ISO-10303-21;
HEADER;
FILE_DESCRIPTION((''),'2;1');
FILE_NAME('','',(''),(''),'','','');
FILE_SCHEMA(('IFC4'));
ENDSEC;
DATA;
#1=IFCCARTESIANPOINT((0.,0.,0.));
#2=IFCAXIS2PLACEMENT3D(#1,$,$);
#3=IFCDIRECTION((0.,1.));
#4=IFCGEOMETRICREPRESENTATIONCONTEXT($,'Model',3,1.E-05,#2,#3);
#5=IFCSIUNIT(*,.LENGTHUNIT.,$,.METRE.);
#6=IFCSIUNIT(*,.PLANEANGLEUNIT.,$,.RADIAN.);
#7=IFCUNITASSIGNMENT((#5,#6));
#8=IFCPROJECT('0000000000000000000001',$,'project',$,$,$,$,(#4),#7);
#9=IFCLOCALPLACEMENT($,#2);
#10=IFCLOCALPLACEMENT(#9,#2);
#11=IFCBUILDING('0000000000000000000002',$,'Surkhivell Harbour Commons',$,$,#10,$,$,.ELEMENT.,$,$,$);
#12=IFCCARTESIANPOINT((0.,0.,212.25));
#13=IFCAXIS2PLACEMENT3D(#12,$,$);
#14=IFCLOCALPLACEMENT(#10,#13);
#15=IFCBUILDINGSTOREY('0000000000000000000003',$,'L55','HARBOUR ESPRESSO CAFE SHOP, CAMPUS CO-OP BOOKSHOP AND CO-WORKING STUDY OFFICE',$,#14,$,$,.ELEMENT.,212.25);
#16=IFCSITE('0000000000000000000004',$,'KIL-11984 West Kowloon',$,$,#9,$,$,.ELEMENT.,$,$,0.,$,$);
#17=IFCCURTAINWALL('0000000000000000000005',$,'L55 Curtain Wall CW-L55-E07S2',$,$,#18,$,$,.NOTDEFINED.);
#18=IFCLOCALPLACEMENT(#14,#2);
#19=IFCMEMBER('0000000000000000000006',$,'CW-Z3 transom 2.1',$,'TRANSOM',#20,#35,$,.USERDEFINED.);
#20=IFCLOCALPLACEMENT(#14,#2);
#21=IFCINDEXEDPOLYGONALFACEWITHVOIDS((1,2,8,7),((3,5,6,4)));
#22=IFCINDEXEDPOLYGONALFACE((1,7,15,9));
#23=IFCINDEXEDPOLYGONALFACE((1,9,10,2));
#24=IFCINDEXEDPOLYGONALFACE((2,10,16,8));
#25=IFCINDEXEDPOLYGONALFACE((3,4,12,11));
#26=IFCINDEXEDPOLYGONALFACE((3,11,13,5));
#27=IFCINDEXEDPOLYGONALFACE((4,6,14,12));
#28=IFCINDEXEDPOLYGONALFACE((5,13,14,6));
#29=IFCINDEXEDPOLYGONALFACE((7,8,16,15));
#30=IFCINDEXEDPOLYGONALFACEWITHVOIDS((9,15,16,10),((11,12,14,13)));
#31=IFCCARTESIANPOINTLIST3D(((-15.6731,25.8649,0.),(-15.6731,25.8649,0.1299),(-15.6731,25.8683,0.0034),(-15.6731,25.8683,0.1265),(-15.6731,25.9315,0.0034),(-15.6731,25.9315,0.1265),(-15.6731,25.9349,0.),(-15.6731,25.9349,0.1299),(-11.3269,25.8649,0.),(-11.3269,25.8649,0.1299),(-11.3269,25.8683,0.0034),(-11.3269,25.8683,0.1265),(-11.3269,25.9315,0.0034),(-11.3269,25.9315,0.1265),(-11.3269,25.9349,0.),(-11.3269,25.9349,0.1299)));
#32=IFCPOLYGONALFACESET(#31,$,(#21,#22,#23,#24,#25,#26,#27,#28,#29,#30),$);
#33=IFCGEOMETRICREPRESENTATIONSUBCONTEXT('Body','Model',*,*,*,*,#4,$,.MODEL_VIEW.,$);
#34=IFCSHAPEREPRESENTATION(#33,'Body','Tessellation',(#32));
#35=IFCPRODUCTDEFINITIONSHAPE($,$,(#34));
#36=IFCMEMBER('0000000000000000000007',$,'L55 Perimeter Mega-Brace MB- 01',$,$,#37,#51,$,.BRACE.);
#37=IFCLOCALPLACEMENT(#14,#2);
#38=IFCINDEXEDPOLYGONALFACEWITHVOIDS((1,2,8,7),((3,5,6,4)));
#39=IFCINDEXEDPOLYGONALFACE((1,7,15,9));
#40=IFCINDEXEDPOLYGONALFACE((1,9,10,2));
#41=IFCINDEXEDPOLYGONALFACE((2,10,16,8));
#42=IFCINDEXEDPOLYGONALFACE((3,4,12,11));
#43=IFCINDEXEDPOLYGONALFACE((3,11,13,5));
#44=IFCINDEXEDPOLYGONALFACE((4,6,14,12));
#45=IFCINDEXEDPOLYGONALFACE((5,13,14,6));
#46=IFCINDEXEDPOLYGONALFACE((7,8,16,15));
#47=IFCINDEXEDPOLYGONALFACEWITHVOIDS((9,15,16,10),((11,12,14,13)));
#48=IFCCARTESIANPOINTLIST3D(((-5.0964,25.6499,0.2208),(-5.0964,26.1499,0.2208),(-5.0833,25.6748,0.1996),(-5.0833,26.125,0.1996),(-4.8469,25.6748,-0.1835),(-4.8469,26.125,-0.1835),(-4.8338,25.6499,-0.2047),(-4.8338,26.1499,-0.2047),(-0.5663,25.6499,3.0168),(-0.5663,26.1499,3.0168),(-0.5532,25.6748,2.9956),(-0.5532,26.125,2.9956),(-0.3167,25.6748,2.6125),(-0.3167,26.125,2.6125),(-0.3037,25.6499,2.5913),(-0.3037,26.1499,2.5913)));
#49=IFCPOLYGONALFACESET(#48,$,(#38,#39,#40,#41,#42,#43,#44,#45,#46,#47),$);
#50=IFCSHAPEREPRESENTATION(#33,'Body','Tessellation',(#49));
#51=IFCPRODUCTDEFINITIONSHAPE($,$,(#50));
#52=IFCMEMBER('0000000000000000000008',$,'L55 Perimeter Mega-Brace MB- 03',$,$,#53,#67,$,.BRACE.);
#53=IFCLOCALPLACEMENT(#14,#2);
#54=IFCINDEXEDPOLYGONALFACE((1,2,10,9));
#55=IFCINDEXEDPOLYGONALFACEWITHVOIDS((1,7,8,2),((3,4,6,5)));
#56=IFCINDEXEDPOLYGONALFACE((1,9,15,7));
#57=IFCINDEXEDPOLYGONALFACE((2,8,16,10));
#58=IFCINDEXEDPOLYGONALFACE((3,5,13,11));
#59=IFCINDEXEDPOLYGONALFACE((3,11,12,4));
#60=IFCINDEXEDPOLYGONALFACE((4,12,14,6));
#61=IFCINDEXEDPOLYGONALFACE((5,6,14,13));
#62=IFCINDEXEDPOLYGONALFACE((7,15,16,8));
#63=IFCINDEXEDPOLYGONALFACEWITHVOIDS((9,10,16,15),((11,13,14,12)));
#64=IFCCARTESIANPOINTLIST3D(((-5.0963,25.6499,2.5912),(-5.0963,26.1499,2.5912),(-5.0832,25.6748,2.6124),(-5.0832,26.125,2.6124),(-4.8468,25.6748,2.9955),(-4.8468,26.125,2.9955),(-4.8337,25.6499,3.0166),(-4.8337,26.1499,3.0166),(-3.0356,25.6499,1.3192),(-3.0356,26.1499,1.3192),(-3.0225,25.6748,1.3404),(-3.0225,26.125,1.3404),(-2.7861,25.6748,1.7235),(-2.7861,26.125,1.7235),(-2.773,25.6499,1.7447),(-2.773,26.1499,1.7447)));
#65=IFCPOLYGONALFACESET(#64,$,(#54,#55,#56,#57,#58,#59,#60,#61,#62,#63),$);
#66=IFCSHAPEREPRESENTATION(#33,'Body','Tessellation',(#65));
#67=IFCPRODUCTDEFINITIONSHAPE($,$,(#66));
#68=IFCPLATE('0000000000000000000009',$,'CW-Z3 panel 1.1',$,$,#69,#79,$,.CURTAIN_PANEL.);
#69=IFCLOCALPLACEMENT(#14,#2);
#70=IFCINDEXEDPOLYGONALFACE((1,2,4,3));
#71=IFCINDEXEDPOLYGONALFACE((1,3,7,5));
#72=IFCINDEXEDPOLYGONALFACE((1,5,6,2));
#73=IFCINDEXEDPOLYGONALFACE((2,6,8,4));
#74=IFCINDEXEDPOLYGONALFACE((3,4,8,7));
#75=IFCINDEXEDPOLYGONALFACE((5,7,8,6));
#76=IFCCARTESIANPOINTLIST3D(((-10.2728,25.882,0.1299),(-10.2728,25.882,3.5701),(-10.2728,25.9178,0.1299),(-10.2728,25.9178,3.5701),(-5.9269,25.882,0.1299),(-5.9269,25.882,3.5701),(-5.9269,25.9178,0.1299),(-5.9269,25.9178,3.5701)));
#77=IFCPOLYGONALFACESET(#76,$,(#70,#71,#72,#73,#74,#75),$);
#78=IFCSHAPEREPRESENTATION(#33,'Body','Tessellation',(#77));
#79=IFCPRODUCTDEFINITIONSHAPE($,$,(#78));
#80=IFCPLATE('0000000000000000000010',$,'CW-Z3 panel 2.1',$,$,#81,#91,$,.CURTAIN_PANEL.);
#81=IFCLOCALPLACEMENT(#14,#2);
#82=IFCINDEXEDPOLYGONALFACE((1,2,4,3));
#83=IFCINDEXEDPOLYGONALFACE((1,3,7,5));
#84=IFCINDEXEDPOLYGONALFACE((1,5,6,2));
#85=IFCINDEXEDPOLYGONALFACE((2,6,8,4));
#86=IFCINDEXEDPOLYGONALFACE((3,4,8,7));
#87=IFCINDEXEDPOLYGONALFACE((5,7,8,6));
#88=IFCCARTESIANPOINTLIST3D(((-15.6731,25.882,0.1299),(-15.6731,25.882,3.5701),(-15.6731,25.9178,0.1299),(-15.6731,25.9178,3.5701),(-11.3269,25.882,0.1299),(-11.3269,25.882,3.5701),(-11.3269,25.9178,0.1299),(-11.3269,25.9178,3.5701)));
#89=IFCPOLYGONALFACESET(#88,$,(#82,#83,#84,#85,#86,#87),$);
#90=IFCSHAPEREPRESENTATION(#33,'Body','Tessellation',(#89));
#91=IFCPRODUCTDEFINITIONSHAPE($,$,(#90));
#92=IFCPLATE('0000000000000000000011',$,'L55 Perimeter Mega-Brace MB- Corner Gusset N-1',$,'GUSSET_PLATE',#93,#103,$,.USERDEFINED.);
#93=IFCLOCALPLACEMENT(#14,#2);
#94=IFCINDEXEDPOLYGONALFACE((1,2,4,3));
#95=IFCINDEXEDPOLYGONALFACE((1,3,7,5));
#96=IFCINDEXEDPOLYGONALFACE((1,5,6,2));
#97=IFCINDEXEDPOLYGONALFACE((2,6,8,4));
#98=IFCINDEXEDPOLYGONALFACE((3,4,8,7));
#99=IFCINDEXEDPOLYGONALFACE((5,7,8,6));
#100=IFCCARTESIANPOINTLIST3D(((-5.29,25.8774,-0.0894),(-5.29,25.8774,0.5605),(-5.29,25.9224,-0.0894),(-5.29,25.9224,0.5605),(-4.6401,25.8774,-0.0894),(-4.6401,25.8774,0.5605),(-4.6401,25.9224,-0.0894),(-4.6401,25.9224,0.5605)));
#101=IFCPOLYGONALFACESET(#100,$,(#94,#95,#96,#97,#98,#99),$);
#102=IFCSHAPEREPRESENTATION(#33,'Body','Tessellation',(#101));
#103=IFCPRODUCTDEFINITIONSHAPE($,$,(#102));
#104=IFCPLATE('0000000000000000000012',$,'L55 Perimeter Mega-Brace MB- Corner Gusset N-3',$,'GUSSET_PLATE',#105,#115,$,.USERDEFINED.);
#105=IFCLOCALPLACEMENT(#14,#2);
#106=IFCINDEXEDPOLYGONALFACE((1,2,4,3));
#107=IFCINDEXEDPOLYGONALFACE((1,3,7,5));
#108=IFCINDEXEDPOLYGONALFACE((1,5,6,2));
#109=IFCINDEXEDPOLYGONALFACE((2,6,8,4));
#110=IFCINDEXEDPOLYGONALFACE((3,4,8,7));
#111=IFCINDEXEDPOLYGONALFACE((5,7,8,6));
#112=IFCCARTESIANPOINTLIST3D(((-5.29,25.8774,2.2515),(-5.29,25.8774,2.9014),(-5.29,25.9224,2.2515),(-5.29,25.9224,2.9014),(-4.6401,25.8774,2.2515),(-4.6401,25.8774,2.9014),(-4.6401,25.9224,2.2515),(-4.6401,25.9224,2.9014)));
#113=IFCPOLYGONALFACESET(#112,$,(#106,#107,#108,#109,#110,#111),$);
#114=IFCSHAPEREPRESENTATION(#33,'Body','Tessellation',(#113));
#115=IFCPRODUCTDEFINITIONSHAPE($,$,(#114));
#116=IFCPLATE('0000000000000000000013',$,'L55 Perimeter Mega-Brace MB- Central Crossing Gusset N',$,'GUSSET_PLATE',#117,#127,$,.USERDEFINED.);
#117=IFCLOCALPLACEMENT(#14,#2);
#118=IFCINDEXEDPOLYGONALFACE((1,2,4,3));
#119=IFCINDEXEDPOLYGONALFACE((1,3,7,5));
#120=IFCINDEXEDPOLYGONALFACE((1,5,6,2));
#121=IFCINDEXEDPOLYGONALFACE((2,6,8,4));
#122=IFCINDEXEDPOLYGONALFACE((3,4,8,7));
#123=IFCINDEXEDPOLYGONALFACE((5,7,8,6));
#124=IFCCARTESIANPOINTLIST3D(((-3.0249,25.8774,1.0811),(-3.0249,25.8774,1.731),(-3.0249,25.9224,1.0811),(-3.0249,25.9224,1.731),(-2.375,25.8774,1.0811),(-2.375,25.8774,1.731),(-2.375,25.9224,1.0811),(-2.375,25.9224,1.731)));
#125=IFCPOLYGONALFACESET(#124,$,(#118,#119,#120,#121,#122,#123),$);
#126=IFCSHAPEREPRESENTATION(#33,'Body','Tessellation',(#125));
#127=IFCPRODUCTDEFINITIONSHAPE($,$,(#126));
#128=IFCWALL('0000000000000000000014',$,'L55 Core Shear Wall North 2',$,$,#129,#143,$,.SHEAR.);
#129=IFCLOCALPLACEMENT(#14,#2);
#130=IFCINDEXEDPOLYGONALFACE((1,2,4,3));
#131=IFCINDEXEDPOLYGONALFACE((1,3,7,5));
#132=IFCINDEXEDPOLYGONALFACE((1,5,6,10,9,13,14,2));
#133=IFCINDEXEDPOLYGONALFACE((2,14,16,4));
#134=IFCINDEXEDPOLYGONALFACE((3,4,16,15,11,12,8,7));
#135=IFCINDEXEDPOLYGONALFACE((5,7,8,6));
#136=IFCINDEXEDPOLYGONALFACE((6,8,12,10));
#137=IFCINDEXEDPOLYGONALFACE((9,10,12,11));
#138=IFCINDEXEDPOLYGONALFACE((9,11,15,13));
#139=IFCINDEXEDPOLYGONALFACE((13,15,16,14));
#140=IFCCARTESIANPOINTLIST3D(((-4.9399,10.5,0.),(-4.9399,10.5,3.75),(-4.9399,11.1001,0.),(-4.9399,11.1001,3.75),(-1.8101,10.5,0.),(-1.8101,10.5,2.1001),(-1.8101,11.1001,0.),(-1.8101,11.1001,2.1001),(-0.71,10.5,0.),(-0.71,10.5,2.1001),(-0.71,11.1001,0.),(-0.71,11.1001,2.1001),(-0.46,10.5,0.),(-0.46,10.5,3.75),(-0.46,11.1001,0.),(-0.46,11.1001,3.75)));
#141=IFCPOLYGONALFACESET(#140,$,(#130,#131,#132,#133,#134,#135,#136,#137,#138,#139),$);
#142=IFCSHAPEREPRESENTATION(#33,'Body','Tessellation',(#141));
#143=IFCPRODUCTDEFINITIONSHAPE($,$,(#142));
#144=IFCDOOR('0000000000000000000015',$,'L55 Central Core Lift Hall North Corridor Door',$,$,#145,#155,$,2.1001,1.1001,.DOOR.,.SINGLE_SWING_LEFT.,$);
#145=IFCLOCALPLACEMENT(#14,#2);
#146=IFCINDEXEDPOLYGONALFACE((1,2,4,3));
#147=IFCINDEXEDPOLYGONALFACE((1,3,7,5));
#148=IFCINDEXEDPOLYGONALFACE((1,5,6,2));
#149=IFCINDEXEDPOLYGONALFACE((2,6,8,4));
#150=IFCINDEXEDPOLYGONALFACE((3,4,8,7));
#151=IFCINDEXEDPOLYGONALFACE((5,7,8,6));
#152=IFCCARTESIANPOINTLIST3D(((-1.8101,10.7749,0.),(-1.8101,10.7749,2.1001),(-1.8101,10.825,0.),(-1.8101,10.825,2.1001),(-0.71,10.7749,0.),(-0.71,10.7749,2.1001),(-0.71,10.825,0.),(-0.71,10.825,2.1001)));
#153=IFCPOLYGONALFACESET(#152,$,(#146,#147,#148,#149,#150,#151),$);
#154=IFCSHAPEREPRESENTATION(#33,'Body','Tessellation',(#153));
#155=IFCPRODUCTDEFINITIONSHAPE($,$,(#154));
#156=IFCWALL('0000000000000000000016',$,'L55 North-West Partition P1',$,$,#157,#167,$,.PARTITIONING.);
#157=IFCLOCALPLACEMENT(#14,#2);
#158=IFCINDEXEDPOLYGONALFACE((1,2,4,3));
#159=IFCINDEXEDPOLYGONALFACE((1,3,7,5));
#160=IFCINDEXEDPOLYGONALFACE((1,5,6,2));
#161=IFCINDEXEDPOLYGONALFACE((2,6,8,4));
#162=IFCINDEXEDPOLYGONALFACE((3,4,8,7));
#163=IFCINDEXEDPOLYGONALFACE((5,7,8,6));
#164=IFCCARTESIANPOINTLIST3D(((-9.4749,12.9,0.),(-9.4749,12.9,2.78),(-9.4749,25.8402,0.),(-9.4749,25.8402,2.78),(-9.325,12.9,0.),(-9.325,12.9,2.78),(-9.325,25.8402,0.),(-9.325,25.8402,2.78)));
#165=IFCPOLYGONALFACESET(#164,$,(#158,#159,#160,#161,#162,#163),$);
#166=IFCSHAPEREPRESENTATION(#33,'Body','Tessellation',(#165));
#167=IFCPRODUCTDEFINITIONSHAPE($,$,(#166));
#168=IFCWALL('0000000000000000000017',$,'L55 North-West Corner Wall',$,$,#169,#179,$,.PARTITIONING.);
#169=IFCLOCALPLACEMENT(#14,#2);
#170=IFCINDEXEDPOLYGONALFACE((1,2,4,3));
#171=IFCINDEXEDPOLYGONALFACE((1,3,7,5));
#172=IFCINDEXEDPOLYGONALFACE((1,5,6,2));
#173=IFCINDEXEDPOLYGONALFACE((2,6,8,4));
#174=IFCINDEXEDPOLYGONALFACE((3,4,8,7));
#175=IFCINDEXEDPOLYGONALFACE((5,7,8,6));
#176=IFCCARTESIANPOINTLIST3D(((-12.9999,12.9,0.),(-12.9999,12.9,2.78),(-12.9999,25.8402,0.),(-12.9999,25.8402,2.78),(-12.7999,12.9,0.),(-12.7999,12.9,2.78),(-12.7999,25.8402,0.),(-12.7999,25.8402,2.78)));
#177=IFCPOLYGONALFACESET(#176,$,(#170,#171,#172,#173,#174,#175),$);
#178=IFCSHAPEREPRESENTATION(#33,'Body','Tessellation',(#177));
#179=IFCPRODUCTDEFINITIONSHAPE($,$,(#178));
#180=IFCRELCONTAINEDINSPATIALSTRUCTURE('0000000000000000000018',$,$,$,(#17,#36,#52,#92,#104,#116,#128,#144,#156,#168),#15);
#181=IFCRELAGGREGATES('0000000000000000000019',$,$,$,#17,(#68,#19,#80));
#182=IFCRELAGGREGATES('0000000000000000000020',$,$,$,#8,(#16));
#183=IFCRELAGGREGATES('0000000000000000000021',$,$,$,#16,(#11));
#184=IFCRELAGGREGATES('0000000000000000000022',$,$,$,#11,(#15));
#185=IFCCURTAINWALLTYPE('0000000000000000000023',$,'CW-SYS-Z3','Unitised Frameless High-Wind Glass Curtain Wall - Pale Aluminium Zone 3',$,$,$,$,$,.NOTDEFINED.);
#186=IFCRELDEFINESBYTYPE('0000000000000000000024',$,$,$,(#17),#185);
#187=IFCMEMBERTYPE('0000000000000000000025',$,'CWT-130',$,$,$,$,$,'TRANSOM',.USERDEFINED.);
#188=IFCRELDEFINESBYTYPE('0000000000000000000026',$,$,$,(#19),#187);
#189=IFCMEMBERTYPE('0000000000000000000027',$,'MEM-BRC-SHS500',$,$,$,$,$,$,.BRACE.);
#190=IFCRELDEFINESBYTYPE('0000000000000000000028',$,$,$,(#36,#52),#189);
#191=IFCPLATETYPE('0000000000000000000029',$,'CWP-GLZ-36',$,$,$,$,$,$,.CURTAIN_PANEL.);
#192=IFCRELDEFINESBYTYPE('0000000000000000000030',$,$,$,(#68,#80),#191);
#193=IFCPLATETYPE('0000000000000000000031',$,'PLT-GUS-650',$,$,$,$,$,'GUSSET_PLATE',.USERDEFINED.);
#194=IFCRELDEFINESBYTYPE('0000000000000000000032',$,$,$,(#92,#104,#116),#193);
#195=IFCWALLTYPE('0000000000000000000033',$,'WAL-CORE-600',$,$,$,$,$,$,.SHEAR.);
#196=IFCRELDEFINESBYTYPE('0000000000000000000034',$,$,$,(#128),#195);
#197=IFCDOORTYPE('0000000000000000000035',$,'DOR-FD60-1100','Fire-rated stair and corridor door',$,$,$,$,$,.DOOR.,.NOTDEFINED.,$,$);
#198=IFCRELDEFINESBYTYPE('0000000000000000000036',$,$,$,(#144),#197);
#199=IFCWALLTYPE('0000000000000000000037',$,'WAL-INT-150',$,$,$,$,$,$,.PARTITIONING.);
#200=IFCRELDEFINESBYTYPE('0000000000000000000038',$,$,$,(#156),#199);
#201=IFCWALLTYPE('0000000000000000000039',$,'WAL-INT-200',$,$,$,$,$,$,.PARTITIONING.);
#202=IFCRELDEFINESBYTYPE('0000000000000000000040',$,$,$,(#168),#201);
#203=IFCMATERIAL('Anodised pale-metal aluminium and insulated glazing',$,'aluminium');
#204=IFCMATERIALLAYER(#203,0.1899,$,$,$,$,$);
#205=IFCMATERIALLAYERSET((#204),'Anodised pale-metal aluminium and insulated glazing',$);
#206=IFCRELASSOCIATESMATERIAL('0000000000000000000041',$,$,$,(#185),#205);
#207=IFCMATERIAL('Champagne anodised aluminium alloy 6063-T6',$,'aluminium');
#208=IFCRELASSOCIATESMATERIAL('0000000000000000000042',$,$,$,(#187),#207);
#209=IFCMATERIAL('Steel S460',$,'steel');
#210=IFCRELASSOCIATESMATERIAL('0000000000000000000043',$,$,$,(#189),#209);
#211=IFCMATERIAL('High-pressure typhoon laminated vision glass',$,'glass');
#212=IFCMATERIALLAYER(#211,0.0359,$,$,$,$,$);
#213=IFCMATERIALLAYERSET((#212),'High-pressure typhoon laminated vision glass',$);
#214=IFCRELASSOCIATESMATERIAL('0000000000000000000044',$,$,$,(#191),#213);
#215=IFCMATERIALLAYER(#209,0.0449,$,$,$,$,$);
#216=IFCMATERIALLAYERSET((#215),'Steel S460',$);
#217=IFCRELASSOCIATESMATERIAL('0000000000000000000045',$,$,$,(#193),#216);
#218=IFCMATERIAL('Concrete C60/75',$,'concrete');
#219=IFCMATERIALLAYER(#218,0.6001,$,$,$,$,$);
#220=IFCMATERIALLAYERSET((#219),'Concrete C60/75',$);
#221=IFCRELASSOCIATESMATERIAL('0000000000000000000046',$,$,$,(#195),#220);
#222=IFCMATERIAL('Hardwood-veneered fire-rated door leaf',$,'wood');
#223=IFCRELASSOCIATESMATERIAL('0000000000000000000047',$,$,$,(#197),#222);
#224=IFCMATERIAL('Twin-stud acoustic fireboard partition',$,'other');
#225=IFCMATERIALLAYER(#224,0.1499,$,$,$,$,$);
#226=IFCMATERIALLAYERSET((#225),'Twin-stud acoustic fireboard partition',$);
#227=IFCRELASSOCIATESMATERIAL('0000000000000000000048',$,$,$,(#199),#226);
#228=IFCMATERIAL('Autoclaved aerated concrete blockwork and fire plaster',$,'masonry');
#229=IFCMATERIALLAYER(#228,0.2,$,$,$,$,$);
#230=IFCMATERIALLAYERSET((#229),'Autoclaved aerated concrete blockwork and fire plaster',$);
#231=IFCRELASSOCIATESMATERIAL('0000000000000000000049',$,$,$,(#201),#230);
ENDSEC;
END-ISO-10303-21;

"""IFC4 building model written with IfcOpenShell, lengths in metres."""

from ifc_helpers import new_model, si_unit, direction, frame, frame_2d, origin, origin_2d, place, context, subcontext, project, spatial, rectangle, hollow_rectangle, extrude, material, layer, layer_set, material_profile, profile_set, type_object, element, fill, aggregate, save


model = new_model("IFC4")

# Units and contexts
model_context = context("Model", 3, precision=1e-05, world=origin(), true_north=direction((0.0, 1.0)))
body_context = subcontext(model_context, "Body", "Model", "MODEL_VIEW")
ifc_project = project(units=[si_unit("LENGTHUNIT", "METRE"), si_unit("PLANEANGLEUNIT", "RADIAN")], contexts=[model_context])

# Site, building, storey
site_placement = place(None, origin())
site = spatial("IfcSite", under=ifc_project, at=site_placement, Name="KIL-11984 West Kowloon", CompositionType="ELEMENT", RefElevation=0.0)
building_placement = place(site_placement, origin())
building = spatial("IfcBuilding", under=site, at=building_placement, Name="Surkhivell Harbour Commons", CompositionType="ELEMENT")
storey_placement = place(building_placement, frame((0.0, 0.0, 212.25)))
storey = spatial("IfcBuildingStorey", under=building, at=storey_placement, Name="L55", Description="HARBOUR ESPRESSO CAFE SHOP, CAMPUS CO-OP BOOKSHOP AND CO-WORKING STUDY OFFICE", CompositionType="ELEMENT", Elevation=212.25)

# Shared definitions
ifc_material_1 = material(Name="Concrete C60/75", Category="concrete")

# Curtain wall, member
ifc_material_2 = material(Name="Anodised pale-metal aluminium and insulated glazing", Category="aluminium")
ifc_layer_1 = layer(ifc_material_2, 0.1899)
ifc_layer_set_1 = layer_set([ifc_layer_1], Name="Anodised pale-metal aluminium and insulated glazing")
curtain_wall_type = type_object("IfcCurtainWallType", Name="CW-SYS-Z3", Description="Unitised Frameless High-Wind Glass Curtain Wall - Pale Aluminium Zone 3", PredefinedType="NOTDEFINED", material=ifc_layer_set_1)
curtain_wall_placement = place(storey_placement, origin())
curtain_wall = element("IfcCurtainWall", 1, at=curtain_wall_placement, inside=storey, type_object=curtain_wall_type, Name="L55 Curtain Wall CW-L55-E07S2", PredefinedType="NOTDEFINED")
ifc_material_3 = material(Name="Champagne anodised aluminium alloy 6063-T6", Category="aluminium")
ifc_material_profile_1 = material_profile(ifc_material_3, hollow_rectangle(XDim=0.0701, YDim=0.1299, WallThickness=0.0034, at=origin_2d()), Name="ALU-TRAN-70x130")
ifc_profile_set_1 = profile_set([ifc_material_profile_1], Name="Champagne anodised aluminium alloy 6063-T6")
member_type_1 = type_object("IfcMemberType", Name="CWT-130", ElementType="TRANSOM", PredefinedType="USERDEFINED", material=ifc_profile_set_1)
member_1_placement = place(storey_placement, frame((-11.3269, 25.8999, 0.0649), z_axis=(-1.0, 0.0, 0.0), x_axis=(0.0, -1.0, 0.0)))
member_1 = element("IfcMember", 2, at=member_1_placement, type_object=member_type_1, Name="CW-Z3 transom 2.1", ObjectType="TRANSOM", PredefinedType="USERDEFINED", context=body_context, shape_type="SweptSolid", body=[
    extrude(hollow_rectangle(XDim=0.0701, YDim=0.1299, WallThickness=0.0034, at=origin_2d()), origin(), (0.0, 0.0, 1.0), 4.3462),
])

# Members
ifc_material_4 = material(Name="Steel S460", Category="steel")
ifc_material_profile_2 = material_profile(ifc_material_4, hollow_rectangle(XDim=0.5, YDim=0.5, WallThickness=0.0249, at=origin_2d()), Name="SHS500x500x25")
ifc_profile_set_2 = profile_set([ifc_material_profile_2], Name="Steel S460")
member_type_2 = type_object("IfcMemberType", Name="MEM-BRC-SHS500", PredefinedType="BRACE", material=ifc_profile_set_2)
member_2_placement = place(storey_placement, frame((-4.9651, 25.8999, 0.0081), z_axis=(0.850971, 0.0, 0.525213), x_axis=(0.0, 1.0, 0.0)))
element("IfcMember", 3, at=member_2_placement, inside=storey, type_object=member_type_2, Name="L55 Perimeter Mega-Brace MB- 01", PredefinedType="BRACE", context=body_context, shape_type="SweptSolid", body=[
    extrude(hollow_rectangle(XDim=0.5, YDim=0.5, WallThickness=0.0249, at=origin_2d()), origin(), (0.0, 0.0, 1.0), 5.3235),
])
member_3_placement = place(storey_placement, frame((-2.9043, 25.8999, 1.532), z_axis=(-0.850958, 0.0, 0.525233), x_axis=(0.0, -1.0, 0.0)))
element("IfcMember", 4, at=member_3_placement, inside=storey, type_object=member_type_2, Name="L55 Perimeter Mega-Brace MB- 03", PredefinedType="BRACE", context=body_context, shape_type="SweptSolid", body=[
    extrude(hollow_rectangle(XDim=0.5, YDim=0.5, WallThickness=0.0249, at=origin_2d()), origin(), (0.0, 0.0, 1.0), 2.4216),
])

# Plates
ifc_material_5 = material(Name="High-pressure typhoon laminated vision glass", Category="glass")
ifc_layer_2 = layer(ifc_material_5, 0.0359)
ifc_layer_set_2 = layer_set([ifc_layer_2], Name="High-pressure typhoon laminated vision glass")
plate_type_1 = type_object("IfcPlateType", Name="CWP-GLZ-36", PredefinedType="CURTAIN_PANEL", material=ifc_layer_set_2)
plate_1_placement = place(storey_placement, frame((-5.927, 25.8999, 0.1299), z_axis=(0.0, 0.0, 1.0), x_axis=(-1.0, 0.0, 0.0)))
plate_1 = element("IfcPlate", 5, at=plate_1_placement, type_object=plate_type_1, Name="CW-Z3 panel 1.1", PredefinedType="CURTAIN_PANEL", context=body_context, shape_type="SweptSolid", body=[
    extrude(rectangle(XDim=4.3459, YDim=0.0359, at=frame_2d((2.1729, 0.0))), origin(), (0.0, 0.0, 1.0), 3.4402),
])
plate_2_placement = place(storey_placement, frame((-11.3269, 25.8999, 0.1299), z_axis=(0.0, 0.0, 1.0), x_axis=(-1.0, 0.0, 0.0)))
plate_2 = element("IfcPlate", 6, at=plate_2_placement, type_object=plate_type_1, Name="CW-Z3 panel 2.1", PredefinedType="CURTAIN_PANEL", context=body_context, shape_type="SweptSolid", body=[
    extrude(rectangle(XDim=4.3462, YDim=0.0359, at=frame_2d((2.1731, 0.0))), origin(), (0.0, 0.0, 1.0), 3.4402),
])
aggregate(curtain_wall, [plate_1, member_1, plate_2])

# Plates
ifc_layer_3 = layer(ifc_material_4, 0.0449)
ifc_layer_set_3 = layer_set([ifc_layer_3], Name="Steel S460")
plate_type_2 = type_object("IfcPlateType", Name="PLT-GUS-650", ElementType="GUSSET_PLATE", PredefinedType="USERDEFINED", material=ifc_layer_set_3)
for number, where, z_axis, x_axis, name in (
    (7, (-4.9651, 25.8999, -0.0894), (0.0, 0.0, 1.0), (1.0, 0.0, 0.0), "L55 Perimeter Mega-Brace MB- Corner Gusset N-1"),
    (8, (-4.9651, 25.8999, 2.2515), (0.0, 0.0, 1.0), (1.0, 0.0, 0.0), "L55 Perimeter Mega-Brace MB- Corner Gusset N-3"),
    (9, (-2.7, 25.8999, 1.0811), (0.0, 0.0, 1.0), (1.0, 0.0, 0.0), "L55 Perimeter Mega-Brace MB- Central Crossing Gusset N"),
):
    element("IfcPlate", number, at=place(storey_placement, frame(where, z_axis=z_axis, x_axis=x_axis)), inside=storey, type_object=plate_type_2, Name=name, ObjectType="GUSSET_PLATE", PredefinedType="USERDEFINED", context=body_context, shape_type="SweptSolid", body=[
        extrude(rectangle(XDim=0.6499, YDim=0.0449, at=origin_2d()), origin(), (0.0, 0.0, 1.0), 0.6499),
    ])

# Wall, opening, door
ifc_layer_4 = layer(ifc_material_1, 0.6001)
ifc_layer_set_4 = layer_set([ifc_layer_4], Name="Concrete C60/75")
wall_type_1 = type_object("IfcWallType", Name="WAL-CORE-600", PredefinedType="SHEAR", material=ifc_layer_set_4)
wall_1_placement = place(storey_placement, frame((-4.9399, 10.8, 0.0), z_axis=(0.0, 0.0, 1.0), x_axis=(1.0, 0.0, 0.0)))
wall_1 = element("IfcWall", 10, at=wall_1_placement, inside=storey, type_object=wall_type_1, Name="L55 Core Shear Wall North 2", PredefinedType="SHEAR", context=body_context, shape_type="SweptSolid", body=[
    extrude(rectangle(XDim=4.48, YDim=0.6001, at=frame_2d((2.24, 0.0))), origin(), (0.0, 0.0, 1.0), 3.75),
])
opening_1_placement = place(wall_1_placement, frame((3.1299, 0.0, 0.0)))
opening_1 = element("IfcOpeningElement", 11, at=opening_1_placement, cuts=wall_1, PredefinedType="OPENING", context=body_context, shape_type="SweptSolid", body=[
    extrude(rectangle(XDim=1.1001, YDim=2.1001, at=frame_2d((0.55, 1.05))), frame((0.0, 0.3101, 0.0), z_axis=(0.0, -1.0, 0.0), x_axis=(1.0, 0.0, 0.0)), (0.0, 0.0, 1.0), 0.6201),
])
ifc_material_6 = material(Name="Hardwood-veneered fire-rated door leaf", Category="wood")
door_type_1 = type_object("IfcDoorType", Name="DOR-FD60-1100", Description="Fire-rated stair and corridor door", OperationType="NOTDEFINED", PredefinedType="DOOR", material=ifc_material_6)
door_1_placement = place(opening_1_placement, origin())
door_1 = element("IfcDoor", 12, at=door_1_placement, inside=storey, type_object=door_type_1, Name="L55 Central Core Lift Hall North Corridor Door", OperationType="SINGLE_SWING_LEFT", OverallHeight=2.1001, OverallWidth=1.1001, PredefinedType="DOOR", context=body_context, shape_type="SweptSolid", body=[
    extrude(rectangle(XDim=1.1001, YDim=2.1001, at=frame_2d((0.55, 1.05))), frame((0.0, 0.0249, 0.0), z_axis=(0.0, -1.0, 0.0), x_axis=(1.0, 0.0, 0.0)), (0.0, 0.0, 1.0), 0.05),
])
fill(opening_1, door_1)

# Walls
ifc_material_7 = material(Name="Twin-stud acoustic fireboard partition", Category="other")
ifc_layer_5 = layer(ifc_material_7, 0.1499)
ifc_layer_set_5 = layer_set([ifc_layer_5], Name="Twin-stud acoustic fireboard partition")
wall_type_2 = type_object("IfcWallType", Name="WAL-INT-150", PredefinedType="PARTITIONING", material=ifc_layer_set_5)
wall_2_placement = place(storey_placement, frame((-9.3999, 12.8999, 0.0), z_axis=(0.0, 0.0, 1.0), x_axis=(0.0, 1.0, 0.0)))
element("IfcWall", 13, at=wall_2_placement, inside=storey, type_object=wall_type_2, Name="L55 North-West Partition P1", PredefinedType="PARTITIONING", context=body_context, shape_type="SweptSolid", body=[
    extrude(rectangle(XDim=12.9402, YDim=0.1499, at=frame_2d((6.4702, 0.0))), origin(), (0.0, 0.0, 1.0), 2.78),
])
ifc_material_8 = material(Name="Autoclaved aerated concrete blockwork and fire plaster", Category="masonry")
ifc_layer_6 = layer(ifc_material_8, 0.2)
ifc_layer_set_6 = layer_set([ifc_layer_6], Name="Autoclaved aerated concrete blockwork and fire plaster")
wall_type_3 = type_object("IfcWallType", Name="WAL-INT-200", PredefinedType="PARTITIONING", material=ifc_layer_set_6)
wall_3_placement = place(storey_placement, frame((-12.8999, 12.8999, 0.0), z_axis=(0.0, 0.0, 1.0), x_axis=(0.0, 1.0, 0.0)))
element("IfcWall", 14, at=wall_3_placement, inside=storey, type_object=wall_type_3, Name="L55 North-West Corner Wall", PredefinedType="PARTITIONING", context=body_context, shape_type="SweptSolid", body=[
    extrude(rectangle(XDim=12.9402, YDim=0.2, at=frame_2d((6.4702, 0.0))), origin(), (0.0, 0.0, 1.0), 2.78),
])

save(model, "model.ifc")
